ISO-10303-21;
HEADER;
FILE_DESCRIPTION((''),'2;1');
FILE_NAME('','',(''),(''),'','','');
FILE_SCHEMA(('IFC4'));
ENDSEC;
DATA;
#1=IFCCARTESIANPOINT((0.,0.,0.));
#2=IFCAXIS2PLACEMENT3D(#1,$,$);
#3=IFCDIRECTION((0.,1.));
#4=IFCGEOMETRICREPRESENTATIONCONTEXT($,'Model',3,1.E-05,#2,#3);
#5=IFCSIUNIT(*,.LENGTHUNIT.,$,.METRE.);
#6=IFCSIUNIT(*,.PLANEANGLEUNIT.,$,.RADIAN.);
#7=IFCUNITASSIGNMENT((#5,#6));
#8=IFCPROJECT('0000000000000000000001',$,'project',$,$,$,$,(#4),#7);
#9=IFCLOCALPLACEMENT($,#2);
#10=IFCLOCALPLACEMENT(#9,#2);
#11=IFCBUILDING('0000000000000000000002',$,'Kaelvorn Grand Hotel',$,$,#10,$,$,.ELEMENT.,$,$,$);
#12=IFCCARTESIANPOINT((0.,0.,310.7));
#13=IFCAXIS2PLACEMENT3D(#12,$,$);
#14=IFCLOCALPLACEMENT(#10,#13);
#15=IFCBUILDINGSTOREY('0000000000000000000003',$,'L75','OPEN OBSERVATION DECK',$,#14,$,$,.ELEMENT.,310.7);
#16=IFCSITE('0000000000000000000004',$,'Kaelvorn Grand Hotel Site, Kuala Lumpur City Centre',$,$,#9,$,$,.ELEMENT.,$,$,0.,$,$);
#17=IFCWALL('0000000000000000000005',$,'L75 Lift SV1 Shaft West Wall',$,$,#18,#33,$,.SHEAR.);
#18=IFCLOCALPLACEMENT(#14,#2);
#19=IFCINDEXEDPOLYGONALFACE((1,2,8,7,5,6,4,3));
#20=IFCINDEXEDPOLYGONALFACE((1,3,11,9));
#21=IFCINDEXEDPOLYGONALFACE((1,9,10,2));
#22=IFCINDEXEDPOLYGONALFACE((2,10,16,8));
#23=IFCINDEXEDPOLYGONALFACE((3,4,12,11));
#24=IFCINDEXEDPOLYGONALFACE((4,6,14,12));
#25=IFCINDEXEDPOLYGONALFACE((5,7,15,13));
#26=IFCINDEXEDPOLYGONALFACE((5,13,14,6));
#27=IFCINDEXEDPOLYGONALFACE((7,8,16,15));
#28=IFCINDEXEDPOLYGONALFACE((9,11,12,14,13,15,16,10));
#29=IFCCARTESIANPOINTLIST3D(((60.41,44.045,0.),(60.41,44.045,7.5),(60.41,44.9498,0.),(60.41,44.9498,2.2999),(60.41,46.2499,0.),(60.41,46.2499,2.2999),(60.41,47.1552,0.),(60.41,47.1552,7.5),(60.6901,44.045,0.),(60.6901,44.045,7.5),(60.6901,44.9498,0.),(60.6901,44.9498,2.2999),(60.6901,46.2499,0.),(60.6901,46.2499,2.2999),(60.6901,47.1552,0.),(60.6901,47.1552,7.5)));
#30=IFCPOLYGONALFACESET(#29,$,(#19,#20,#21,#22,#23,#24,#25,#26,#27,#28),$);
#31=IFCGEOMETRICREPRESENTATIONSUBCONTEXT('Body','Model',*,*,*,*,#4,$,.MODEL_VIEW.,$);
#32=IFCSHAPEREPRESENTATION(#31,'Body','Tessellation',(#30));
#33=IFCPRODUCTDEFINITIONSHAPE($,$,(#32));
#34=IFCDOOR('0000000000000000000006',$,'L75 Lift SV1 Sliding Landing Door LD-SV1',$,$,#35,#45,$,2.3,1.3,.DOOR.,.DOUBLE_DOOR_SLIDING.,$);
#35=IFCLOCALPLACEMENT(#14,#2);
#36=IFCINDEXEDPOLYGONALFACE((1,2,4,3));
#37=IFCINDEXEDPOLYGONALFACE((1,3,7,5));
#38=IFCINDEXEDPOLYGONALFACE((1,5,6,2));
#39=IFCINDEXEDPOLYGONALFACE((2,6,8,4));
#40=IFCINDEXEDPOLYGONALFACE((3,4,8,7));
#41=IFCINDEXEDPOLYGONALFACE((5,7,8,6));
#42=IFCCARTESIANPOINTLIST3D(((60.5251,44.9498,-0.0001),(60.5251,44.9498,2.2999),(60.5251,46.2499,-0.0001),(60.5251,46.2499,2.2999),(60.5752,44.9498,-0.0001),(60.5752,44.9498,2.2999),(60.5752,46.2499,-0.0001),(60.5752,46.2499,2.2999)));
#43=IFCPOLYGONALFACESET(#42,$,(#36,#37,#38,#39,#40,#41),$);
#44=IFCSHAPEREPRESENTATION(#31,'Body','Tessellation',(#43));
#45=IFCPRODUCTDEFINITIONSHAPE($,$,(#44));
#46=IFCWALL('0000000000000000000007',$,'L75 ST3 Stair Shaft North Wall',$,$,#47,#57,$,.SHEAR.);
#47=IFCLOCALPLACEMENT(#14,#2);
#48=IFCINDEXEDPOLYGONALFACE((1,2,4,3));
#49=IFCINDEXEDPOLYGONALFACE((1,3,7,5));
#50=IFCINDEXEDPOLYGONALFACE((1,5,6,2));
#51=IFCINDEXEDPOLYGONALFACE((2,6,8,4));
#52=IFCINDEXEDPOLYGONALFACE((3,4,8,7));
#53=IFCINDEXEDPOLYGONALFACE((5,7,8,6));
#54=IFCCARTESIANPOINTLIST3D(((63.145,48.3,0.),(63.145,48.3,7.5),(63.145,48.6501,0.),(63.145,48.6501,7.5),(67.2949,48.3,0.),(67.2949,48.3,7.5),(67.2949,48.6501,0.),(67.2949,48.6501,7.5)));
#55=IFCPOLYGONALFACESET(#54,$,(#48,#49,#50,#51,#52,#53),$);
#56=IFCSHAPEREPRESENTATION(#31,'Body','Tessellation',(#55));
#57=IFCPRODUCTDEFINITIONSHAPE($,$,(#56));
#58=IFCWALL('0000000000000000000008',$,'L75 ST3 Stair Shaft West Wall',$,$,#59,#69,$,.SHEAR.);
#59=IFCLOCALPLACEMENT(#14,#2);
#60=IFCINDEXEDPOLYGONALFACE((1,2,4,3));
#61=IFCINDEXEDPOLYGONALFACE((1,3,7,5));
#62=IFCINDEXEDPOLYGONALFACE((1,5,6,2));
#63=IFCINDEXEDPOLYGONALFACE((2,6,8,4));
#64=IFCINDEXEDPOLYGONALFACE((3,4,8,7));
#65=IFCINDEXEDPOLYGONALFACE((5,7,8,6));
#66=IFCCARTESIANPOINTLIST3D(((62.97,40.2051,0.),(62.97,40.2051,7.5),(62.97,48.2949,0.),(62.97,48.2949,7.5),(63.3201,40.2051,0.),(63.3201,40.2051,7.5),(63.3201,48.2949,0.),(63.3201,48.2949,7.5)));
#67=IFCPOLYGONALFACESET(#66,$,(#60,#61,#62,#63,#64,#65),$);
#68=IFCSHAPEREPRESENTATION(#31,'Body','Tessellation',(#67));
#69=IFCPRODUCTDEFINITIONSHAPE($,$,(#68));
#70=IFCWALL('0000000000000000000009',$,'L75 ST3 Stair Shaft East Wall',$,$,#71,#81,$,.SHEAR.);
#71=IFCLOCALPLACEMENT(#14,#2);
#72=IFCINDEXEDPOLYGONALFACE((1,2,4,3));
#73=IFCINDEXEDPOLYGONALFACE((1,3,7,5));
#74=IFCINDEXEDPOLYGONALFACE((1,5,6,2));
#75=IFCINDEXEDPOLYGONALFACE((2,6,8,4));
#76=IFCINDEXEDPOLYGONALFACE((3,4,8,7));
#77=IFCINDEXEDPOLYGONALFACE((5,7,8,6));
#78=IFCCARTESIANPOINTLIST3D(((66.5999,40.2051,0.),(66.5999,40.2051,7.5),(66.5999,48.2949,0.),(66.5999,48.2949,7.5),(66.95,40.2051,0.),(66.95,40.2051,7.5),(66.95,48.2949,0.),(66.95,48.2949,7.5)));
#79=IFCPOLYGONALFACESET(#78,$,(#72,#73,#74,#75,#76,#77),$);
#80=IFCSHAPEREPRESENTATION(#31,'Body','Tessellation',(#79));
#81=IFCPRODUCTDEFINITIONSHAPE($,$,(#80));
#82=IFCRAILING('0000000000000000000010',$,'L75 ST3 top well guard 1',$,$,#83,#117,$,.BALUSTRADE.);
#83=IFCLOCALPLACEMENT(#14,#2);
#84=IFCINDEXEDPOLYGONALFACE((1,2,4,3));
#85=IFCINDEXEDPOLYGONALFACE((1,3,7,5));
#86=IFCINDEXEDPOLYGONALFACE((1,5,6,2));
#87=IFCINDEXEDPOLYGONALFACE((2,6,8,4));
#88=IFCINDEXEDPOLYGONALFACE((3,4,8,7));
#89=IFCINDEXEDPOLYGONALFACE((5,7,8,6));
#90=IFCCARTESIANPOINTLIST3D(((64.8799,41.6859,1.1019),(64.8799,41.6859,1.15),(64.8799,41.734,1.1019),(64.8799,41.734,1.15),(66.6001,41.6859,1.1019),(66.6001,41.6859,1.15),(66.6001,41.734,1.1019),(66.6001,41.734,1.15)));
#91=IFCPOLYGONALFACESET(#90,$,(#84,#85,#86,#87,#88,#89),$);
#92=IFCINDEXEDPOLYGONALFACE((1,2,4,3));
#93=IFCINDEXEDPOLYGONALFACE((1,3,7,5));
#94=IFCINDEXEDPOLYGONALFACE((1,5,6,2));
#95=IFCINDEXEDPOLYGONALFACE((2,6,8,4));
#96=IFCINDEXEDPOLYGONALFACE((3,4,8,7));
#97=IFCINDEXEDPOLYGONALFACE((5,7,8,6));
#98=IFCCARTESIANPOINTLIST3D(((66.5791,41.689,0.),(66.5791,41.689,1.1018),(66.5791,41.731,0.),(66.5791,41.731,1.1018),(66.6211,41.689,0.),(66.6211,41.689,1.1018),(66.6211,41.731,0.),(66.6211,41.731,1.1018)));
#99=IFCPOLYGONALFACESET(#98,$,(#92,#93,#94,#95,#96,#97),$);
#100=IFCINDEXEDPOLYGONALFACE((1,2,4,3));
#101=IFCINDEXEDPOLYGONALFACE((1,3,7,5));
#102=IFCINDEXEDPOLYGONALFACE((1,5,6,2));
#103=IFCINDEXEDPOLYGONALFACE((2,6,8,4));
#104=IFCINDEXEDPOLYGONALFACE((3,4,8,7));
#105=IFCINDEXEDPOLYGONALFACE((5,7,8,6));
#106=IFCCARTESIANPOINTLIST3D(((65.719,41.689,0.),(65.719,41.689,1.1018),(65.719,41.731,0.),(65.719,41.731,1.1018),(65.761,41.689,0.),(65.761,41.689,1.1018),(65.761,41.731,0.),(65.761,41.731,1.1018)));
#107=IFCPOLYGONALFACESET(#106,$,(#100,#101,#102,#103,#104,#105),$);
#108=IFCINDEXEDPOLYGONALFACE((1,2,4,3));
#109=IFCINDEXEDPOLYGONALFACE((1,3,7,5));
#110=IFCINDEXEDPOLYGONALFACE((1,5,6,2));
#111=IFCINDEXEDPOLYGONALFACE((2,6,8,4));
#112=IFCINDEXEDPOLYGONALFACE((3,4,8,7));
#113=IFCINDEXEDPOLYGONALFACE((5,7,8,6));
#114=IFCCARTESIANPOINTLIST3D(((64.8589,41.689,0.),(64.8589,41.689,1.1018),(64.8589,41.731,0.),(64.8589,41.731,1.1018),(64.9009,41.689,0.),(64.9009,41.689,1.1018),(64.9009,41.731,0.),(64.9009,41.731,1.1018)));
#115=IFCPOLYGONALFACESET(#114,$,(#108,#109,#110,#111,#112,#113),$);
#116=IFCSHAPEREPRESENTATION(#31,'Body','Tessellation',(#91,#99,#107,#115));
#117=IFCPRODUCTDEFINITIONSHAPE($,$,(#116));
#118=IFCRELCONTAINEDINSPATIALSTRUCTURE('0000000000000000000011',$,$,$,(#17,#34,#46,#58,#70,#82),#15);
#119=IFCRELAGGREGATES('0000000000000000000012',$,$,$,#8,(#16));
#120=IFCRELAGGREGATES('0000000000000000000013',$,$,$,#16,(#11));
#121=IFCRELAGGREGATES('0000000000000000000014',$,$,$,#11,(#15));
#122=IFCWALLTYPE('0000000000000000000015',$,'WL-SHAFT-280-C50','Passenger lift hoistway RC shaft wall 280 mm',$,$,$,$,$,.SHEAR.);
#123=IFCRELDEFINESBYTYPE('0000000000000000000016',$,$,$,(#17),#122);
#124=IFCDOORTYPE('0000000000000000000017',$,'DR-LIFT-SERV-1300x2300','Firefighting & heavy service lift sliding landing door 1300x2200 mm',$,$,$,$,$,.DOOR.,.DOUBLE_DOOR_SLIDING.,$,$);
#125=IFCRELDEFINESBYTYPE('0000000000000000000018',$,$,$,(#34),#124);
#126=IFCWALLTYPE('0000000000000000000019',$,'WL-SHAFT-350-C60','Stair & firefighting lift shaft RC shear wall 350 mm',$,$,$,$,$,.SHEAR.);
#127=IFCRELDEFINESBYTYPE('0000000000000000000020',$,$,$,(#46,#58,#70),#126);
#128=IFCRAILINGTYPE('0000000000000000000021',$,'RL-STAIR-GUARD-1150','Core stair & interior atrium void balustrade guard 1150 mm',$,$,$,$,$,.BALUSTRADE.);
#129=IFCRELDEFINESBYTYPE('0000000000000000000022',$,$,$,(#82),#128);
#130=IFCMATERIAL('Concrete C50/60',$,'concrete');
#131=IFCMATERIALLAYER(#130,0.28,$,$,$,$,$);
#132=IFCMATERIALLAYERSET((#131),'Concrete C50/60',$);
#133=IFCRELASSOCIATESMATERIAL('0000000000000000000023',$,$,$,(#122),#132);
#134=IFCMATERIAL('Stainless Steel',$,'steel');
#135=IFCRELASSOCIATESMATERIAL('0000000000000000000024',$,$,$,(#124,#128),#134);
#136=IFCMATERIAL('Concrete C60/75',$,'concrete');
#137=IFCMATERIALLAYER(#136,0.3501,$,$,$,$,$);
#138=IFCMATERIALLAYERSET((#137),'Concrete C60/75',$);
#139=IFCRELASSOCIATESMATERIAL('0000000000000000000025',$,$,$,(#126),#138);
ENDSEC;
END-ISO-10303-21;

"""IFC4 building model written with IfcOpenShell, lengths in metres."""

from ifc_helpers import new_model, si_unit, direction, frame, frame_2d, origin, origin_2d, place, context, subcontext, project, spatial, rectangle, extrude, material, layer, layer_set, type_object, element, fill, save


model = new_model("IFC4")

# Units and contexts
model_context = context("Model", 3, precision=1e-05, world=origin(), true_north=direction((0.0, 1.0)))
body_context = subcontext(model_context, "Body", "Model", "MODEL_VIEW")
ifc_project = project(units=[si_unit("LENGTHUNIT", "METRE"), si_unit("PLANEANGLEUNIT", "RADIAN")], contexts=[model_context])

# Site, building, storey
site_placement = place(None, origin())
site = spatial("IfcSite", under=ifc_project, at=site_placement, Name="Kaelvorn Grand Hotel Site, Kuala Lumpur City Centre", CompositionType="ELEMENT", RefElevation=0.0)
building_placement = place(site_placement, origin())
building = spatial("IfcBuilding", under=site, at=building_placement, Name="Kaelvorn Grand Hotel", CompositionType="ELEMENT")
storey_placement = place(building_placement, frame((0.0, 0.0, 310.7)))
storey = spatial("IfcBuildingStorey", under=building, at=storey_placement, Name="L75", Description="OPEN OBSERVATION DECK", CompositionType="ELEMENT", Elevation=310.7)

# Shared definitions
ifc_material_1 = material(Name="Concrete C60/75", Category="concrete")
ifc_material_2 = material(Name="Concrete C50/60", Category="concrete")

# Shared definitions
ifc_layer_1 = layer(ifc_material_2, 0.28)
ifc_layer_set_1 = layer_set([ifc_layer_1], Name="Concrete C50/60")
wall_type_1 = type_object("IfcWallType", Name="WL-SHAFT-280-C50", Description="Passenger lift hoistway RC shaft wall 280 mm", PredefinedType="SHEAR", material=ifc_layer_set_1)

# Wall, opening, door
wall_1_placement = place(storey_placement, frame((60.55, 44.0449, 0.0), z_axis=(0.0, 0.0, 1.0), x_axis=(0.0, 1.0, 0.0)))
wall_1 = element("IfcWall", 1, at=wall_1_placement, inside=storey, type_object=wall_type_1, Name="L75 Lift SV1 Shaft West Wall", PredefinedType="SHEAR", context=body_context, shape_type="SweptSolid", body=[
    extrude(rectangle(XDim=3.1101, YDim=0.28, at=frame_2d((1.5552, 0.0))), origin(), (0.0, 0.0, 1.0), 7.5),
])
opening_1_placement = place(wall_1_placement, frame((0.905, 0.0, 0.0)))
opening_1 = element("IfcOpeningElement", 2, at=opening_1_placement, cuts=wall_1, PredefinedType="OPENING", context=body_context, shape_type="SweptSolid", body=[
    extrude(rectangle(XDim=1.3, YDim=2.3, at=frame_2d((0.6499, 1.1499))), frame((0.0, 0.1499, 0.0), z_axis=(0.0, -1.0, 0.0), x_axis=(1.0, 0.0, 0.0)), (0.0, 0.0, 1.0), 0.3),
])
ifc_material_3 = material(Name="Stainless Steel", Category="steel")
door_type_1 = type_object("IfcDoorType", Name="DR-LIFT-SERV-1300x2300", Description="Firefighting & heavy service lift sliding landing door 1300x2200 mm", OperationType="DOUBLE_DOOR_SLIDING", PredefinedType="DOOR", material=ifc_material_3)
door_1_placement = place(opening_1_placement, origin())
door_1 = element("IfcDoor", 3, at=door_1_placement, inside=storey, type_object=door_type_1, Name="L75 Lift SV1 Sliding Landing Door LD-SV1", OperationType="DOUBLE_DOOR_SLIDING", OverallHeight=2.3, OverallWidth=1.3, PredefinedType="DOOR", context=body_context, shape_type="SweptSolid", body=[
    extrude(rectangle(XDim=1.3, YDim=2.3, at=frame_2d((0.6499, 1.1499))), frame((0.0, 0.0249, 0.0), z_axis=(0.0, -1.0, 0.0), x_axis=(1.0, 0.0, 0.0)), (0.0, 0.0, 1.0), 0.05),
])
fill(opening_1, door_1)
ifc_layer_2 = layer(ifc_material_1, 0.3501)
ifc_layer_set_2 = layer_set([ifc_layer_2], Name="Concrete C60/75")
wall_type_2 = type_object("IfcWallType", Name="WL-SHAFT-350-C60", Description="Stair & firefighting lift shaft RC shear wall 350 mm", PredefinedType="SHEAR", material=ifc_layer_set_2)

# Walls
wall_2_placement = place(storey_placement, frame((63.145, 48.4751, 0.0), z_axis=(0.0, 0.0, 1.0), x_axis=(1.0, 0.0, 0.0)))
element("IfcWall", 4, at=wall_2_placement, inside=storey, type_object=wall_type_2, Name="L75 ST3 Stair Shaft North Wall", PredefinedType="SHEAR", context=body_context, shape_type="SweptSolid", body=[
    extrude(rectangle(XDim=4.1499, YDim=0.3501, at=frame_2d((2.075, 0.0))), origin(), (0.0, 0.0, 1.0), 7.5),
])
for number, where, z_axis, x_axis, name in (
    (5, (63.145, 40.2051, 0.0), (0.0, 0.0, 1.0), (0.0, 1.0, 0.0), "L75 ST3 Stair Shaft West Wall"),
    (6, (66.7749, 40.2051, 0.0), (0.0, 0.0, 1.0), (0.0, 1.0, 0.0), "L75 ST3 Stair Shaft East Wall"),
):
    element("IfcWall", number, at=place(storey_placement, frame(where, z_axis=z_axis, x_axis=x_axis)), inside=storey, type_object=wall_type_2, Name=name, PredefinedType="SHEAR", context=body_context, shape_type="SweptSolid", body=[
        extrude(rectangle(XDim=8.0898, YDim=0.3501, at=frame_2d((4.0449, 0.0))), origin(), (0.0, 0.0, 1.0), 7.5),
    ])

# Railing
railing_type = type_object("IfcRailingType", Name="RL-STAIR-GUARD-1150", Description="Core stair & interior atrium void balustrade guard 1150 mm", PredefinedType="BALUSTRADE", material=ifc_material_3)
railing_placement = place(storey_placement, frame((66.6001, 41.71, 0.0)))
element("IfcRailing", 7, at=railing_placement, inside=storey, type_object=railing_type, Name="L75 ST3 top well guard 1", PredefinedType="BALUSTRADE", context=body_context, shape_type="SweptSolid", body=[
    extrude(rectangle(XDim=0.0481, YDim=0.0481, at=origin_2d()), frame((0.0, 0.0, 1.126), z_axis=(-1.0, 0.0, 0.0), x_axis=(0.0, -1.0, 0.0)), (0.0, 0.0, 1.0), 1.7202),
    extrude(rectangle(XDim=0.042, YDim=0.042, at=origin_2d()), origin(), (0.0, 0.0, 1.0), 1.1018),
    extrude(rectangle(XDim=0.042, YDim=0.042, at=origin_2d()), frame((-0.8601, 0.0, 0.0)), (0.0, 0.0, 1.0), 1.1018),
    extrude(rectangle(XDim=0.042, YDim=0.042, at=origin_2d()), frame((-1.7202, 0.0, 0.0)), (0.0, 0.0, 1.0), 1.1018),
])

save(model, "model.ifc")
